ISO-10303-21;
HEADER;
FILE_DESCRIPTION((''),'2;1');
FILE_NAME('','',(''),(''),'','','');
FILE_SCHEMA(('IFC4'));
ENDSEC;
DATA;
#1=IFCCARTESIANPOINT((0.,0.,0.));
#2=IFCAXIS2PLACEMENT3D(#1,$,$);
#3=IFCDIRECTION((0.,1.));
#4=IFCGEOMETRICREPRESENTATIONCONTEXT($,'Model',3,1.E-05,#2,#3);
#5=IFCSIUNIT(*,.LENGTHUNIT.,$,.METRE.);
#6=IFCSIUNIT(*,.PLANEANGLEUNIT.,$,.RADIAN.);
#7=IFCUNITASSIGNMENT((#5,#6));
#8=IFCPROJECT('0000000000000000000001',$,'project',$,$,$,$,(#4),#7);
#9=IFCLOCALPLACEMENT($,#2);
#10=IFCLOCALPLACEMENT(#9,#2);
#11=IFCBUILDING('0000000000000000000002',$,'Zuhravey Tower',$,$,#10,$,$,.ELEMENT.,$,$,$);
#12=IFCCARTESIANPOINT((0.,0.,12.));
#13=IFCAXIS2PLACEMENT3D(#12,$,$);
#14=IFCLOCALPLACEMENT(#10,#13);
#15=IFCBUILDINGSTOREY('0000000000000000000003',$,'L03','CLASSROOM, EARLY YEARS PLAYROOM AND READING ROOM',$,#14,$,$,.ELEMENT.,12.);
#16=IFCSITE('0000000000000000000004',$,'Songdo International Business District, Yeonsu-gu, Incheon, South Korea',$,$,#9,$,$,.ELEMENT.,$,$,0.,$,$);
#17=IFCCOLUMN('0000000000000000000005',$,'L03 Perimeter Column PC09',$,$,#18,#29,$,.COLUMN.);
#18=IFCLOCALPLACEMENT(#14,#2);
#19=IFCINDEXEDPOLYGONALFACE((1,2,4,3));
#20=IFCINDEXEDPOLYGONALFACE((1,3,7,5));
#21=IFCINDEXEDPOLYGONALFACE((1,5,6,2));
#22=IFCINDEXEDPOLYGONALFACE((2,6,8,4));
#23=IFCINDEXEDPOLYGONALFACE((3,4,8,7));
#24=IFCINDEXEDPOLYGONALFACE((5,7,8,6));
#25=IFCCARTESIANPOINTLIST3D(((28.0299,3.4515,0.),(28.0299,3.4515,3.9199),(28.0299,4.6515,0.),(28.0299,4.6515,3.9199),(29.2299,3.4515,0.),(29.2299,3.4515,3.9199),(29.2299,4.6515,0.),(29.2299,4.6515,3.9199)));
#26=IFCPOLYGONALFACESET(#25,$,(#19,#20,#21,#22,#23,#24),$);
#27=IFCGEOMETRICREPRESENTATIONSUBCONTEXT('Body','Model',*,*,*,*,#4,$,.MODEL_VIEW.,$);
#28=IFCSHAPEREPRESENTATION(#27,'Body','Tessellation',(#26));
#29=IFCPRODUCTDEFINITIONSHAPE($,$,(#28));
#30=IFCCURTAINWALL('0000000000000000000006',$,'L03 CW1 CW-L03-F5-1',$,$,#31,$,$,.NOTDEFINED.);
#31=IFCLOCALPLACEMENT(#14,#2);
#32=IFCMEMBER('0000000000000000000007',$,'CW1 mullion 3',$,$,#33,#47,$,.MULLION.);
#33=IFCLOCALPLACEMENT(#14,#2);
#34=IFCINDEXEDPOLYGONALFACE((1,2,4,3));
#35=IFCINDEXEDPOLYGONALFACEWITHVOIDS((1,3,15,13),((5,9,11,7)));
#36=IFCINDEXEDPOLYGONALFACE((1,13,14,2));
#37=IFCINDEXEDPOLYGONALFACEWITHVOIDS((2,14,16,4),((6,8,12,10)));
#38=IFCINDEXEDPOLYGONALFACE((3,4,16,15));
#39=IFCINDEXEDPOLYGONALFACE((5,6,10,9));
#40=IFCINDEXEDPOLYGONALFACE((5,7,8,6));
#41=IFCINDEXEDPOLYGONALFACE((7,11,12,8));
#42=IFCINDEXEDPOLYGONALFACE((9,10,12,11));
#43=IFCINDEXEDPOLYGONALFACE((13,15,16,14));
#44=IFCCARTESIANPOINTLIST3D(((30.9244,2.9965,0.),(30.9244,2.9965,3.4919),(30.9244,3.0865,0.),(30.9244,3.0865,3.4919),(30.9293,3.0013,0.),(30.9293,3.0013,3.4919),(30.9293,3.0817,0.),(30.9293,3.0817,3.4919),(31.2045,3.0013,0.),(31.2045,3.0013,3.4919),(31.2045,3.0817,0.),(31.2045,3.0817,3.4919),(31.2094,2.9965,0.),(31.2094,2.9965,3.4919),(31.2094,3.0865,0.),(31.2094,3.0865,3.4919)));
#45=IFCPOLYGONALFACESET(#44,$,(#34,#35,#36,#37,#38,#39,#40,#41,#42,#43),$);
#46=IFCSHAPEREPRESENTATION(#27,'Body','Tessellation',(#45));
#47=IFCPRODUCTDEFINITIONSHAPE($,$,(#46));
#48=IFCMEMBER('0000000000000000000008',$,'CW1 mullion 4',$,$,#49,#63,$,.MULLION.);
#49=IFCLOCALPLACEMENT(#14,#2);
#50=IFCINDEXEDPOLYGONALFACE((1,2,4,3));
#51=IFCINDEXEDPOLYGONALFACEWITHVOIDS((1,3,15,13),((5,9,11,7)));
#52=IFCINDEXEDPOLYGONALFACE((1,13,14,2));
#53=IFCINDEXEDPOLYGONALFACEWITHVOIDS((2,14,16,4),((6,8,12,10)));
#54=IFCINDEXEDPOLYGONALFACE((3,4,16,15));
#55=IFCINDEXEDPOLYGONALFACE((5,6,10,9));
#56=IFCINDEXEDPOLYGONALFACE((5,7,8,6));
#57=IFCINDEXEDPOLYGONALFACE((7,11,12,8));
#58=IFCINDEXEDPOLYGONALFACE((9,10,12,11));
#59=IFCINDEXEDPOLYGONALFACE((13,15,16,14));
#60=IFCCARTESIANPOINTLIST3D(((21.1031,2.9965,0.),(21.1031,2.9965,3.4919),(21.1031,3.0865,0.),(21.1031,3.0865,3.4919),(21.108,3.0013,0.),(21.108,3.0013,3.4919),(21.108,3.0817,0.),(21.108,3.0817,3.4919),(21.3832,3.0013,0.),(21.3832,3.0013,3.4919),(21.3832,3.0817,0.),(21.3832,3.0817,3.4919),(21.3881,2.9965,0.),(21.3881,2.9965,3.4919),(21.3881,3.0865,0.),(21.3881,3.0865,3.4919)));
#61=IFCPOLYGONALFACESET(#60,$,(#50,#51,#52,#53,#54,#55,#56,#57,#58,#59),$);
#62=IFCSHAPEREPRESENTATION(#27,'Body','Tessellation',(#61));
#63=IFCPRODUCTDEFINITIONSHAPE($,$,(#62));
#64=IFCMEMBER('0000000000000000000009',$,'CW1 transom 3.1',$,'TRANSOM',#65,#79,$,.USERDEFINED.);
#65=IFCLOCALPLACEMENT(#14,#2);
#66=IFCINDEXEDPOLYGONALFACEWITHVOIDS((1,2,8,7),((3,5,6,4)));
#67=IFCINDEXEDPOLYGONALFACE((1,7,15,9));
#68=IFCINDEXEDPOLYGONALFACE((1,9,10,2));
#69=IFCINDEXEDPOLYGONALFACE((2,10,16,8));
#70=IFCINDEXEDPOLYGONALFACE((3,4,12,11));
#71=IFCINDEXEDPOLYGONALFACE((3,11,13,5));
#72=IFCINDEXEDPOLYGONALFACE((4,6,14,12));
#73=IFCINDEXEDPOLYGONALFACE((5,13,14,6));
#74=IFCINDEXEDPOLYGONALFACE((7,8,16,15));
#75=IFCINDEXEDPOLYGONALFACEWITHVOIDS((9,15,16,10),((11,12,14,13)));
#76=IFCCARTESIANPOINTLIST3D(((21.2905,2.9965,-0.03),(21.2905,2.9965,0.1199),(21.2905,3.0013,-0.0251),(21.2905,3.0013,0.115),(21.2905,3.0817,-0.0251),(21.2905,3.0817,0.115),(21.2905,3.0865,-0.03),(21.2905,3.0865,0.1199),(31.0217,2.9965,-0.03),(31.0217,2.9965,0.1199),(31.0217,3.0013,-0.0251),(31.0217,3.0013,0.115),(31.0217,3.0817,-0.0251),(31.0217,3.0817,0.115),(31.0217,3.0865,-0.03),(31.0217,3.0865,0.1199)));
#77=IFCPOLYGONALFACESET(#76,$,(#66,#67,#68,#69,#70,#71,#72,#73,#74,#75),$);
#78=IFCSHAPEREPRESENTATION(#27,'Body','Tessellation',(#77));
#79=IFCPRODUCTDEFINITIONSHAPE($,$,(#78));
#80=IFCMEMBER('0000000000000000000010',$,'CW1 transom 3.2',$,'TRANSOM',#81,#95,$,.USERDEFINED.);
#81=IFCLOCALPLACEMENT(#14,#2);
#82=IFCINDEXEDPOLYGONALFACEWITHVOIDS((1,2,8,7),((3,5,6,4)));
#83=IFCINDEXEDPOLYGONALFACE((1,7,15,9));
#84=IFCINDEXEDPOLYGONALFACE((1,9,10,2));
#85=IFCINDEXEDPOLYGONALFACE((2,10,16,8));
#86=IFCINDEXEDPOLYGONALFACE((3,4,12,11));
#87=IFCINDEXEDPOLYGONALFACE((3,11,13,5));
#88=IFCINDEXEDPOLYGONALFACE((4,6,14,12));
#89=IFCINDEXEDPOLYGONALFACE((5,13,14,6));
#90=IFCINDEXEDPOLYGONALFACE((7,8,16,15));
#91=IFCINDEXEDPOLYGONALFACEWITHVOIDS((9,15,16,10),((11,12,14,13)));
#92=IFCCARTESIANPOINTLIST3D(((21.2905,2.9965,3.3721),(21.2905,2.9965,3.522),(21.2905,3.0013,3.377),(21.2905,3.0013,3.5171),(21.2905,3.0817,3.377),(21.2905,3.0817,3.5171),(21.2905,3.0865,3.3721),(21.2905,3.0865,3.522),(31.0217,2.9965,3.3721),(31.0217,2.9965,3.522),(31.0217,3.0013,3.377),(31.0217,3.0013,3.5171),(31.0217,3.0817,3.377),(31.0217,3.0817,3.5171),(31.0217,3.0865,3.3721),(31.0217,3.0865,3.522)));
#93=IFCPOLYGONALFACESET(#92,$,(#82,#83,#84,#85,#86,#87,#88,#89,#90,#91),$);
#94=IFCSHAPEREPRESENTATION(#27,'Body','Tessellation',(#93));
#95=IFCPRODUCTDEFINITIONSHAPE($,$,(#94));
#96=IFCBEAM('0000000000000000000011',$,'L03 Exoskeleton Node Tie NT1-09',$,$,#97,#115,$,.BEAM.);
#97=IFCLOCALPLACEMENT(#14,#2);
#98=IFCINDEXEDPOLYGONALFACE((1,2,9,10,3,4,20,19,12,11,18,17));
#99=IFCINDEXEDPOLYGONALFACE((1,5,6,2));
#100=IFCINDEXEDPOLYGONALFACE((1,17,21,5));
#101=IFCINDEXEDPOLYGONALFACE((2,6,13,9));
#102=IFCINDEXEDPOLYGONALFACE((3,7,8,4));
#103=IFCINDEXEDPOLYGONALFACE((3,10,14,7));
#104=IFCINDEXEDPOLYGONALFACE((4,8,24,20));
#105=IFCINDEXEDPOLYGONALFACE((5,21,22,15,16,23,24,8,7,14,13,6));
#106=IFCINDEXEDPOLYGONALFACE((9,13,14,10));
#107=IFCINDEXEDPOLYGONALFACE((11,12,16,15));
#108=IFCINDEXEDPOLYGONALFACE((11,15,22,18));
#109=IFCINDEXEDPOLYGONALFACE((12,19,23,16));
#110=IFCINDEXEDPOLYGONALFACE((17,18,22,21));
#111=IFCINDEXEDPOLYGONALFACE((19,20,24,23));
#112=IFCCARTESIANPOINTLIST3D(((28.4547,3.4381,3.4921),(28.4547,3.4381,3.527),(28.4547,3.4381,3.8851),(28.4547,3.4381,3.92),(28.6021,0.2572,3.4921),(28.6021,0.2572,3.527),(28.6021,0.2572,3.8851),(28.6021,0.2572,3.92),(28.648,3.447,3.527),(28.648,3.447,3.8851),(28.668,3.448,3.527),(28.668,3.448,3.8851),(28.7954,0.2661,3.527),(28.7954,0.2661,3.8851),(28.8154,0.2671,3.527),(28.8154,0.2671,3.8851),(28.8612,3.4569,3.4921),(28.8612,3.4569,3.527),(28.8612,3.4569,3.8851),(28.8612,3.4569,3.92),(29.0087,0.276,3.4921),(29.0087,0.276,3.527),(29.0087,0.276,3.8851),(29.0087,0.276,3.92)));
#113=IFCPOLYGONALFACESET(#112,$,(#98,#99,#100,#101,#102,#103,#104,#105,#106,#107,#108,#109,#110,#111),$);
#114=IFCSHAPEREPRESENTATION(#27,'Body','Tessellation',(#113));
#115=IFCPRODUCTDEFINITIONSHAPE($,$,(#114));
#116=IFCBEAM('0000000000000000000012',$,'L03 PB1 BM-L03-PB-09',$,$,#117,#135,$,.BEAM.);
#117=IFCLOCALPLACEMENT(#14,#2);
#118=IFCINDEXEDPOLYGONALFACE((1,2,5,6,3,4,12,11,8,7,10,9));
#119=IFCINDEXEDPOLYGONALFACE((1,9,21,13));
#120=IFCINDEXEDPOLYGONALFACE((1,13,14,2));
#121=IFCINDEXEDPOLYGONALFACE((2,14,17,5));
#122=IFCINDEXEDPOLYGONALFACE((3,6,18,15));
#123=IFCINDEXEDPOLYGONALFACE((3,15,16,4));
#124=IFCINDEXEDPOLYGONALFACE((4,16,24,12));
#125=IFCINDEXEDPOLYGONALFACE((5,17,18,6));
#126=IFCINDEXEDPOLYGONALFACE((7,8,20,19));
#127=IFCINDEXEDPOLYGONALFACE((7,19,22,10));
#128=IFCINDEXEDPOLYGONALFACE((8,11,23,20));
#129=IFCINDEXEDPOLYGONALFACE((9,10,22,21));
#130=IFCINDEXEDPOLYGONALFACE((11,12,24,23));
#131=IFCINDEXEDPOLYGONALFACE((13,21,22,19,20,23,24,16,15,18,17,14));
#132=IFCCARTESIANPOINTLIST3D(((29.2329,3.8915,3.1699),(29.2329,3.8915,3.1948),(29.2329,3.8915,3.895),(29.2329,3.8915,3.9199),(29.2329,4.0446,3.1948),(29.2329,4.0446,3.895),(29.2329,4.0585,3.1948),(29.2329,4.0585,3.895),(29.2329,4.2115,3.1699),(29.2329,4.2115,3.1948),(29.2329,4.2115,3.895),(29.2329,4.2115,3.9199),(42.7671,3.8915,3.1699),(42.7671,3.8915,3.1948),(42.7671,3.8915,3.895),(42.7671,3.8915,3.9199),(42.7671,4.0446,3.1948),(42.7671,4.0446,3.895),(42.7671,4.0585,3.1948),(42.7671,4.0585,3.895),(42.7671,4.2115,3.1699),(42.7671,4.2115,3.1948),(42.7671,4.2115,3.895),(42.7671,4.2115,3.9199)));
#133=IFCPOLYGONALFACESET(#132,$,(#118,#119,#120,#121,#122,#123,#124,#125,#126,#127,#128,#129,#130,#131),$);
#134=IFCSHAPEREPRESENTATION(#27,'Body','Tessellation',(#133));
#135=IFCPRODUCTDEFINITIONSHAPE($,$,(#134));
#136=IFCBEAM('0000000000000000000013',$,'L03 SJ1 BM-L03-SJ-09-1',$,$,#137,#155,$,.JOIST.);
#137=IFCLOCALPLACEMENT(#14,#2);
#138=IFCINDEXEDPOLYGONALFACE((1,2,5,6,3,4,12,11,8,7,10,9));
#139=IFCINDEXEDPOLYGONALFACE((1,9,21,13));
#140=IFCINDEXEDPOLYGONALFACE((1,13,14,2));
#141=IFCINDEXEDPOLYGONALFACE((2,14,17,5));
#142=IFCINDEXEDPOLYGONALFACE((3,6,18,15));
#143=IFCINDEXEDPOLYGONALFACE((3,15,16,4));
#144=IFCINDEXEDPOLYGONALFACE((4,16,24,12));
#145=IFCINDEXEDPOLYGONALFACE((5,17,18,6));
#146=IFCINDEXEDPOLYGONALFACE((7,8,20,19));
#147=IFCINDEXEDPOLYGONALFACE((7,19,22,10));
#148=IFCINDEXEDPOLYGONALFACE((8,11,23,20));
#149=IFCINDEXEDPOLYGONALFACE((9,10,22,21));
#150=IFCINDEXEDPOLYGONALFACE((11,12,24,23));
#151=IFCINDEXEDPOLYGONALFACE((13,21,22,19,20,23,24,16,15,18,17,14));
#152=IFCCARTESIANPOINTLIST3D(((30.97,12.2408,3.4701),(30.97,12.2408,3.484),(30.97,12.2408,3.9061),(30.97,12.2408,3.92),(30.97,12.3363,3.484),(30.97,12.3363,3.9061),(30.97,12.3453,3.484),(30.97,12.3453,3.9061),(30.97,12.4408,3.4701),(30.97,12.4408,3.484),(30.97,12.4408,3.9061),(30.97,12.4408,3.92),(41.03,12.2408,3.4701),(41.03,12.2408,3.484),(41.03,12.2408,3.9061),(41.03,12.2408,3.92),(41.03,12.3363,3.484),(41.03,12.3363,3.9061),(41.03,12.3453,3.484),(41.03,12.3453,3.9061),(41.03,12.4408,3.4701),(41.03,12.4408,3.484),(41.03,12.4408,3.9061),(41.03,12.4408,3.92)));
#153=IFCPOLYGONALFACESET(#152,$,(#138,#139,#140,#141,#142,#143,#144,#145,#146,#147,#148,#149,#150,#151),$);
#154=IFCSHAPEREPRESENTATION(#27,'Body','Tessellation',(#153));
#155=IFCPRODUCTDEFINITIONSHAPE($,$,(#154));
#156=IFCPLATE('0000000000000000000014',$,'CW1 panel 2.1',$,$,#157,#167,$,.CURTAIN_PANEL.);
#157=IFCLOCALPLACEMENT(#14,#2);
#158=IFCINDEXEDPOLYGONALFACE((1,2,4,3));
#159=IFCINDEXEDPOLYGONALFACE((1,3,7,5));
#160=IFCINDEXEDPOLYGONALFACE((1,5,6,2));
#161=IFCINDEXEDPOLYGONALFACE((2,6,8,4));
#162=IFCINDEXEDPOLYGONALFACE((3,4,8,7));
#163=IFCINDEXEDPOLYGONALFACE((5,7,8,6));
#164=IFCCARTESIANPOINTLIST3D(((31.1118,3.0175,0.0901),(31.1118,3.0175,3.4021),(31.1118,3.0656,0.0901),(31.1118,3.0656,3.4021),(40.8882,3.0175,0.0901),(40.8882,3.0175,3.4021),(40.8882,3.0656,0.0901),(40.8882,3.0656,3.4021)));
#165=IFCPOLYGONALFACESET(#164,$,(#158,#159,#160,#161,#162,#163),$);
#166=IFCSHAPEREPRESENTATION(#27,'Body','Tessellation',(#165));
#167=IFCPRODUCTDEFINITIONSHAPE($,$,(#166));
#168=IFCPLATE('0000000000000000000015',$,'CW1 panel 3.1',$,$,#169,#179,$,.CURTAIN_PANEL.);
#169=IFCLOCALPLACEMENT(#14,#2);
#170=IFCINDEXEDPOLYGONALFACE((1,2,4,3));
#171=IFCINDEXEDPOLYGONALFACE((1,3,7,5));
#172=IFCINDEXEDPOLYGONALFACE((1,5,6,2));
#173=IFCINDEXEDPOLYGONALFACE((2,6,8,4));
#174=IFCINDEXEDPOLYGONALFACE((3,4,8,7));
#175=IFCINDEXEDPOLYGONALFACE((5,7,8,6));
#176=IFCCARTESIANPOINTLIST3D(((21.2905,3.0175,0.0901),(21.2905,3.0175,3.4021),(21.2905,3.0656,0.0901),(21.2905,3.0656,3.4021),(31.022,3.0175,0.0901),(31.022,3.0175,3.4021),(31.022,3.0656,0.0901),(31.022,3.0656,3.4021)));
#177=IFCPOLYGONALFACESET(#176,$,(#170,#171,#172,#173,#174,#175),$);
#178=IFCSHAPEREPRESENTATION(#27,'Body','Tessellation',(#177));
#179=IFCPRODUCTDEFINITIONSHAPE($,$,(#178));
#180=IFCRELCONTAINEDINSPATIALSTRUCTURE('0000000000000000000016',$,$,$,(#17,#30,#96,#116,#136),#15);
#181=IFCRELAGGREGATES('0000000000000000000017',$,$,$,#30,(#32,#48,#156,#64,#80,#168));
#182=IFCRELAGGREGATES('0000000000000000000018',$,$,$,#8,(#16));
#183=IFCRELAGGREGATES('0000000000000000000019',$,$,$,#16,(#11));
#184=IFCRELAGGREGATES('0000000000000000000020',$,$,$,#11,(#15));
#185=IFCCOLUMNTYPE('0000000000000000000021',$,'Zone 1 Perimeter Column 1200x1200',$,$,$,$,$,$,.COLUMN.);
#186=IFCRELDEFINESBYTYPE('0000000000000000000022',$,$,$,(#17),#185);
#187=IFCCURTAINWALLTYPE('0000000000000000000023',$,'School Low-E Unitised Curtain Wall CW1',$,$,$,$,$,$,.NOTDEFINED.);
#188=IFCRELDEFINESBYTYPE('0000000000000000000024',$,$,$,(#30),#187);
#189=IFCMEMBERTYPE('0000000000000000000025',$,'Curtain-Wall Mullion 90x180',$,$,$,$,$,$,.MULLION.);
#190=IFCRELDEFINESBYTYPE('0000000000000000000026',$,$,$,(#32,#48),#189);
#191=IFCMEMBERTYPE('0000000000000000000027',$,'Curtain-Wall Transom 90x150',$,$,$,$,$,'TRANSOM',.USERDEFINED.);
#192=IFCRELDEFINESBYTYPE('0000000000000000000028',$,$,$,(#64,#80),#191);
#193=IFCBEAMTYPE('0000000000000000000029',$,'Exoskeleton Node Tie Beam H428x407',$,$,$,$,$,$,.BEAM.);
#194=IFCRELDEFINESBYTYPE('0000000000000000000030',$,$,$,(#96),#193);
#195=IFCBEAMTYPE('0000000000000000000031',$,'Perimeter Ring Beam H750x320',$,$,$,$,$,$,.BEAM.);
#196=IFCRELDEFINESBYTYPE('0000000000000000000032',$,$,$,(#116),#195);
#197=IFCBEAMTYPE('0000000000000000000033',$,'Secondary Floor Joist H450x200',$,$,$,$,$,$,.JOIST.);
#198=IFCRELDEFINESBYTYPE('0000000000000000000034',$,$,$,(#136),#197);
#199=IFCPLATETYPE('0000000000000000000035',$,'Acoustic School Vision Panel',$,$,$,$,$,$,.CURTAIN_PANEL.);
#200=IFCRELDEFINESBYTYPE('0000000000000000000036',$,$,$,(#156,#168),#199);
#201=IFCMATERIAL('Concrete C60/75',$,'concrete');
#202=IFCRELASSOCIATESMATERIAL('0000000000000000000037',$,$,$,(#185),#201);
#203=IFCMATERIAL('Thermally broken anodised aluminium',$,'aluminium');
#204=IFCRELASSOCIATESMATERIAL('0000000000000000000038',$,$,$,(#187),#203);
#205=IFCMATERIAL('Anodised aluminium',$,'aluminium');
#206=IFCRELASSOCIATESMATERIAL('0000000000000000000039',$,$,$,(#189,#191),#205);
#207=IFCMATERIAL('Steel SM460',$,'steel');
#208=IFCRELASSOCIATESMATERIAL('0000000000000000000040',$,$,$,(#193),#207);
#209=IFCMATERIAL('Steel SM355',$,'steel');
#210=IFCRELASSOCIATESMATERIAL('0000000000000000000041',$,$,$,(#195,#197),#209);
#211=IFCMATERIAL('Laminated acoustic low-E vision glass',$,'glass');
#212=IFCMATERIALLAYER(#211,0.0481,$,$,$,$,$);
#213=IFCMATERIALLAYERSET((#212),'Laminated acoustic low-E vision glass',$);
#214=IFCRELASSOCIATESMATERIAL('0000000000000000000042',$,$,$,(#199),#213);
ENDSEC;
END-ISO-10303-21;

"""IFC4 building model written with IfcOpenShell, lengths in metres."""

from ifc_helpers import new_model, si_unit, direction, frame, origin, origin_2d, place, context, subcontext, project, spatial, rectangle, hollow_rectangle, i_section, extrude, material, layer, layer_set, material_profile, profile_set, type_object, element, aggregate, save


model = new_model("IFC4")

# Units and contexts
model_context = context("Model", 3, precision=1e-05, world=origin(), true_north=direction((0.0, 1.0)))
body_context = subcontext(model_context, "Body", "Model", "MODEL_VIEW")
ifc_project = project(units=[si_unit("LENGTHUNIT", "METRE"), si_unit("PLANEANGLEUNIT", "RADIAN")], contexts=[model_context])

# Site, building, storey
site_placement = place(None, origin())
site = spatial("IfcSite", under=ifc_project, at=site_placement, Name="Songdo International Business District, Yeonsu-gu, Incheon, South Korea", CompositionType="ELEMENT", RefElevation=0.0)
building_placement = place(site_placement, origin())
building = spatial("IfcBuilding", under=site, at=building_placement, Name="Zuhravey Tower", CompositionType="ELEMENT")
storey_placement = place(building_placement, frame((0.0, 0.0, 12.0)))
storey = spatial("IfcBuildingStorey", under=building, at=storey_placement, Name="L03", Description="CLASSROOM, EARLY YEARS PLAYROOM AND READING ROOM", CompositionType="ELEMENT", Elevation=12.0)

# Column
ifc_material_1 = material(Name="Concrete C60/75", Category="concrete")
ifc_material_profile_1 = material_profile(ifc_material_1, rectangle(XDim=1.2, YDim=1.2, at=origin_2d()), Name="RC-1200x1200")
ifc_profile_set_1 = profile_set([ifc_material_profile_1], Name="Concrete C60/75")
column_type = type_object("IfcColumnType", Name="Zone 1 Perimeter Column 1200x1200", PredefinedType="COLUMN", material=ifc_profile_set_1)
column_placement = place(storey_placement, frame((28.6299, 4.0515, 0.0), z_axis=(0.0, 0.0, 1.0), x_axis=(1.0, 0.0, 0.0)))
element("IfcColumn", 1, at=column_placement, inside=storey, type_object=column_type, Name="L03 Perimeter Column PC09", PredefinedType="COLUMN", context=body_context, shape_type="SweptSolid", body=[
    extrude(rectangle(XDim=1.2, YDim=1.2, at=origin_2d()), origin(), (0.0, 0.0, 1.0), 3.9199),
])

# Curtain wall, members
ifc_material_2 = material(Name="Thermally broken anodised aluminium", Category="aluminium")
curtain_wall_type = type_object("IfcCurtainWallType", Name="School Low-E Unitised Curtain Wall CW1", PredefinedType="NOTDEFINED", material=ifc_material_2)
curtain_wall_placement = place(storey_placement, origin())
curtain_wall = element("IfcCurtainWall", 2, at=curtain_wall_placement, inside=storey, type_object=curtain_wall_type, Name="L03 CW1 CW-L03-F5-1", PredefinedType="NOTDEFINED")
ifc_material_3 = material(Name="Anodised aluminium", Category="aluminium")
ifc_material_profile_2 = material_profile(ifc_material_3, hollow_rectangle(XDim=0.0901, YDim=0.2849, WallThickness=0.0049, at=origin_2d()), Name="ALU-RHS-90x285x5")
ifc_profile_set_2 = profile_set([ifc_material_profile_2], Name="Anodised aluminium")
member_type_1 = type_object("IfcMemberType", Name="Curtain-Wall Mullion 90x180", PredefinedType="MULLION", material=ifc_profile_set_2)
member_1_placement = place(storey_placement, frame((31.0669, 3.0415, 0.0), z_axis=(0.0, 0.0, 1.0), x_axis=(0.0, -1.0, 0.0)))
member_1 = element("IfcMember", 3, at=member_1_placement, type_object=member_type_1, Name="CW1 mullion 3", PredefinedType="MULLION", context=body_context, shape_type="SweptSolid", body=[
    extrude(hollow_rectangle(XDim=0.0901, YDim=0.2849, WallThickness=0.0049, at=origin_2d()), origin(), (0.0, 0.0, 1.0), 3.4919),
])
member_2_placement = place(storey_placement, frame((21.2456, 3.0415, 0.0), z_axis=(0.0, 0.0, 1.0), x_axis=(0.0, -1.0, 0.0)))
member_2 = element("IfcMember", 4, at=member_2_placement, type_object=member_type_1, Name="CW1 mullion 4", PredefinedType="MULLION", context=body_context, shape_type="SweptSolid", body=[
    extrude(hollow_rectangle(XDim=0.0901, YDim=0.2849, WallThickness=0.0049, at=origin_2d()), origin(), (0.0, 0.0, 1.0), 3.4919),
])
ifc_material_profile_3 = material_profile(ifc_material_3, hollow_rectangle(XDim=0.0901, YDim=0.1499, WallThickness=0.0049, at=origin_2d()), Name="ALU-RHS-90x150x5")
ifc_profile_set_3 = profile_set([ifc_material_profile_3], Name="Anodised aluminium")
member_type_2 = type_object("IfcMemberType", Name="Curtain-Wall Transom 90x150", ElementType="TRANSOM", PredefinedType="USERDEFINED", material=ifc_profile_set_3)
member_3_placement = place(storey_placement, frame((31.0217, 3.0415, 0.0449), z_axis=(-1.0, 0.0, 0.0), x_axis=(0.0, -1.0, 0.0)))
member_3 = element("IfcMember", 5, at=member_3_placement, type_object=member_type_2, Name="CW1 transom 3.1", ObjectType="TRANSOM", PredefinedType="USERDEFINED", context=body_context, shape_type="SweptSolid", body=[
    extrude(hollow_rectangle(XDim=0.0901, YDim=0.1499, WallThickness=0.0049, at=origin_2d()), origin(), (0.0, 0.0, 1.0), 9.7312),
])
member_4_placement = place(storey_placement, frame((31.0217, 3.0415, 3.447), z_axis=(-1.0, 0.0, 0.0), x_axis=(0.0, -1.0, 0.0)))
member_4 = element("IfcMember", 6, at=member_4_placement, type_object=member_type_2, Name="CW1 transom 3.2", ObjectType="TRANSOM", PredefinedType="USERDEFINED", context=body_context, shape_type="SweptSolid", body=[
    extrude(hollow_rectangle(XDim=0.0901, YDim=0.1499, WallThickness=0.0049, at=origin_2d()), origin(), (0.0, 0.0, 1.0), 9.7312),
])

# Beams
ifc_material_4 = material(Name="Steel SM460", Category="steel")
ifc_material_profile_4 = material_profile(ifc_material_4, i_section(OverallWidth=0.407, OverallDepth=0.428, WebThickness=0.02, FlangeThickness=0.0349, at=origin_2d()), Name="H-428x407x20x35")
ifc_profile_set_4 = profile_set([ifc_material_profile_4], Name="Steel SM460")
beam_type_1 = type_object("IfcBeamType", Name="Exoskeleton Node Tie Beam H428x407", PredefinedType="BEAM", material=ifc_profile_set_4)
beam_1_placement = place(storey_placement, frame((28.658, 3.4475, 3.7061), z_axis=(0.046308, -0.998927, 0.0), x_axis=(0.998927, 0.046308, 0.0)))
element("IfcBeam", 7, at=beam_1_placement, inside=storey, type_object=beam_type_1, Name="L03 Exoskeleton Node Tie NT1-09", PredefinedType="BEAM", context=body_context, shape_type="SweptSolid", body=[
    extrude(i_section(OverallWidth=0.407, OverallDepth=0.428, WebThickness=0.02, FlangeThickness=0.0349, at=origin_2d()), origin(), (0.0, 0.0, 1.0), 3.1843),
])
ifc_material_5 = material(Name="Steel SM355", Category="steel")
ifc_material_profile_5 = material_profile(ifc_material_5, i_section(OverallWidth=0.3201, OverallDepth=0.75, WebThickness=0.0139, FlangeThickness=0.0249, at=origin_2d()), Name="H-750x320x14x25")
ifc_profile_set_5 = profile_set([ifc_material_profile_5], Name="Steel SM355")
beam_type_2 = type_object("IfcBeamType", Name="Perimeter Ring Beam H750x320", PredefinedType="BEAM", material=ifc_profile_set_5)
beam_2_placement = place(storey_placement, frame((29.2329, 4.0515, 3.5449), z_axis=(1.0, 0.0, 0.0), x_axis=(0.0, 1.0, 0.0)))
element("IfcBeam", 8, at=beam_2_placement, inside=storey, type_object=beam_type_2, Name="L03 PB1 BM-L03-PB-09", PredefinedType="BEAM", context=body_context, shape_type="SweptSolid", body=[
    extrude(i_section(OverallWidth=0.3201, OverallDepth=0.75, WebThickness=0.0139, FlangeThickness=0.0249, at=origin_2d()), origin(), (0.0, 0.0, 1.0), 13.5342),
])
ifc_material_profile_6 = material_profile(ifc_material_5, i_section(OverallWidth=0.2, OverallDepth=0.45, WebThickness=0.009, FlangeThickness=0.0139, at=origin_2d()), Name="H-450x200x9x14")
ifc_profile_set_6 = profile_set([ifc_material_profile_6], Name="Steel SM355")
beam_type_3 = type_object("IfcBeamType", Name="Secondary Floor Joist H450x200", PredefinedType="JOIST", material=ifc_profile_set_6)
beam_3_placement = place(storey_placement, frame((30.97, 12.3408, 3.6951), z_axis=(1.0, 0.0, 0.0), x_axis=(0.0, 1.0, 0.0)))
element("IfcBeam", 9, at=beam_3_placement, inside=storey, type_object=beam_type_3, Name="L03 SJ1 BM-L03-SJ-09-1", PredefinedType="JOIST", context=body_context, shape_type="SweptSolid", body=[
    extrude(i_section(OverallWidth=0.2, OverallDepth=0.45, WebThickness=0.009, FlangeThickness=0.0139, at=origin_2d()), origin(), (0.0, 0.0, 1.0), 10.0601),
])

# Plates
ifc_material_6 = material(Name="Laminated acoustic low-E vision glass", Category="glass")
ifc_layer_1 = layer(ifc_material_6, 0.0481)
ifc_layer_set_1 = layer_set([ifc_layer_1], Name="Laminated acoustic low-E vision glass")
plate_type = type_object("IfcPlateType", Name="Acoustic School Vision Panel", PredefinedType="CURTAIN_PANEL", material=ifc_layer_set_1)
plate_1_placement = place(storey_placement, frame((36.0, 3.0415, 0.0901), z_axis=(0.0, 0.0, 1.0), x_axis=(-1.0, 0.0, 0.0)))
plate_1 = element("IfcPlate", 10, at=plate_1_placement, type_object=plate_type, Name="CW1 panel 2.1", PredefinedType="CURTAIN_PANEL", context=body_context, shape_type="SweptSolid", body=[
    extrude(rectangle(XDim=9.7764, YDim=0.0481, at=origin_2d()), origin(), (0.0, 0.0, 1.0), 3.312),
])
plate_2_placement = place(storey_placement, frame((26.1562, 3.0415, 0.0901), z_axis=(0.0, 0.0, 1.0), x_axis=(-1.0, 0.0, 0.0)))
plate_2 = element("IfcPlate", 11, at=plate_2_placement, type_object=plate_type, Name="CW1 panel 3.1", PredefinedType="CURTAIN_PANEL", context=body_context, shape_type="SweptSolid", body=[
    extrude(rectangle(XDim=9.7314, YDim=0.0481, at=origin_2d()), origin(), (0.0, 0.0, 1.0), 3.312),
])
aggregate(curtain_wall, [member_1, member_2, plate_1, member_3, member_4, plate_2])

save(model, "model.ifc")
